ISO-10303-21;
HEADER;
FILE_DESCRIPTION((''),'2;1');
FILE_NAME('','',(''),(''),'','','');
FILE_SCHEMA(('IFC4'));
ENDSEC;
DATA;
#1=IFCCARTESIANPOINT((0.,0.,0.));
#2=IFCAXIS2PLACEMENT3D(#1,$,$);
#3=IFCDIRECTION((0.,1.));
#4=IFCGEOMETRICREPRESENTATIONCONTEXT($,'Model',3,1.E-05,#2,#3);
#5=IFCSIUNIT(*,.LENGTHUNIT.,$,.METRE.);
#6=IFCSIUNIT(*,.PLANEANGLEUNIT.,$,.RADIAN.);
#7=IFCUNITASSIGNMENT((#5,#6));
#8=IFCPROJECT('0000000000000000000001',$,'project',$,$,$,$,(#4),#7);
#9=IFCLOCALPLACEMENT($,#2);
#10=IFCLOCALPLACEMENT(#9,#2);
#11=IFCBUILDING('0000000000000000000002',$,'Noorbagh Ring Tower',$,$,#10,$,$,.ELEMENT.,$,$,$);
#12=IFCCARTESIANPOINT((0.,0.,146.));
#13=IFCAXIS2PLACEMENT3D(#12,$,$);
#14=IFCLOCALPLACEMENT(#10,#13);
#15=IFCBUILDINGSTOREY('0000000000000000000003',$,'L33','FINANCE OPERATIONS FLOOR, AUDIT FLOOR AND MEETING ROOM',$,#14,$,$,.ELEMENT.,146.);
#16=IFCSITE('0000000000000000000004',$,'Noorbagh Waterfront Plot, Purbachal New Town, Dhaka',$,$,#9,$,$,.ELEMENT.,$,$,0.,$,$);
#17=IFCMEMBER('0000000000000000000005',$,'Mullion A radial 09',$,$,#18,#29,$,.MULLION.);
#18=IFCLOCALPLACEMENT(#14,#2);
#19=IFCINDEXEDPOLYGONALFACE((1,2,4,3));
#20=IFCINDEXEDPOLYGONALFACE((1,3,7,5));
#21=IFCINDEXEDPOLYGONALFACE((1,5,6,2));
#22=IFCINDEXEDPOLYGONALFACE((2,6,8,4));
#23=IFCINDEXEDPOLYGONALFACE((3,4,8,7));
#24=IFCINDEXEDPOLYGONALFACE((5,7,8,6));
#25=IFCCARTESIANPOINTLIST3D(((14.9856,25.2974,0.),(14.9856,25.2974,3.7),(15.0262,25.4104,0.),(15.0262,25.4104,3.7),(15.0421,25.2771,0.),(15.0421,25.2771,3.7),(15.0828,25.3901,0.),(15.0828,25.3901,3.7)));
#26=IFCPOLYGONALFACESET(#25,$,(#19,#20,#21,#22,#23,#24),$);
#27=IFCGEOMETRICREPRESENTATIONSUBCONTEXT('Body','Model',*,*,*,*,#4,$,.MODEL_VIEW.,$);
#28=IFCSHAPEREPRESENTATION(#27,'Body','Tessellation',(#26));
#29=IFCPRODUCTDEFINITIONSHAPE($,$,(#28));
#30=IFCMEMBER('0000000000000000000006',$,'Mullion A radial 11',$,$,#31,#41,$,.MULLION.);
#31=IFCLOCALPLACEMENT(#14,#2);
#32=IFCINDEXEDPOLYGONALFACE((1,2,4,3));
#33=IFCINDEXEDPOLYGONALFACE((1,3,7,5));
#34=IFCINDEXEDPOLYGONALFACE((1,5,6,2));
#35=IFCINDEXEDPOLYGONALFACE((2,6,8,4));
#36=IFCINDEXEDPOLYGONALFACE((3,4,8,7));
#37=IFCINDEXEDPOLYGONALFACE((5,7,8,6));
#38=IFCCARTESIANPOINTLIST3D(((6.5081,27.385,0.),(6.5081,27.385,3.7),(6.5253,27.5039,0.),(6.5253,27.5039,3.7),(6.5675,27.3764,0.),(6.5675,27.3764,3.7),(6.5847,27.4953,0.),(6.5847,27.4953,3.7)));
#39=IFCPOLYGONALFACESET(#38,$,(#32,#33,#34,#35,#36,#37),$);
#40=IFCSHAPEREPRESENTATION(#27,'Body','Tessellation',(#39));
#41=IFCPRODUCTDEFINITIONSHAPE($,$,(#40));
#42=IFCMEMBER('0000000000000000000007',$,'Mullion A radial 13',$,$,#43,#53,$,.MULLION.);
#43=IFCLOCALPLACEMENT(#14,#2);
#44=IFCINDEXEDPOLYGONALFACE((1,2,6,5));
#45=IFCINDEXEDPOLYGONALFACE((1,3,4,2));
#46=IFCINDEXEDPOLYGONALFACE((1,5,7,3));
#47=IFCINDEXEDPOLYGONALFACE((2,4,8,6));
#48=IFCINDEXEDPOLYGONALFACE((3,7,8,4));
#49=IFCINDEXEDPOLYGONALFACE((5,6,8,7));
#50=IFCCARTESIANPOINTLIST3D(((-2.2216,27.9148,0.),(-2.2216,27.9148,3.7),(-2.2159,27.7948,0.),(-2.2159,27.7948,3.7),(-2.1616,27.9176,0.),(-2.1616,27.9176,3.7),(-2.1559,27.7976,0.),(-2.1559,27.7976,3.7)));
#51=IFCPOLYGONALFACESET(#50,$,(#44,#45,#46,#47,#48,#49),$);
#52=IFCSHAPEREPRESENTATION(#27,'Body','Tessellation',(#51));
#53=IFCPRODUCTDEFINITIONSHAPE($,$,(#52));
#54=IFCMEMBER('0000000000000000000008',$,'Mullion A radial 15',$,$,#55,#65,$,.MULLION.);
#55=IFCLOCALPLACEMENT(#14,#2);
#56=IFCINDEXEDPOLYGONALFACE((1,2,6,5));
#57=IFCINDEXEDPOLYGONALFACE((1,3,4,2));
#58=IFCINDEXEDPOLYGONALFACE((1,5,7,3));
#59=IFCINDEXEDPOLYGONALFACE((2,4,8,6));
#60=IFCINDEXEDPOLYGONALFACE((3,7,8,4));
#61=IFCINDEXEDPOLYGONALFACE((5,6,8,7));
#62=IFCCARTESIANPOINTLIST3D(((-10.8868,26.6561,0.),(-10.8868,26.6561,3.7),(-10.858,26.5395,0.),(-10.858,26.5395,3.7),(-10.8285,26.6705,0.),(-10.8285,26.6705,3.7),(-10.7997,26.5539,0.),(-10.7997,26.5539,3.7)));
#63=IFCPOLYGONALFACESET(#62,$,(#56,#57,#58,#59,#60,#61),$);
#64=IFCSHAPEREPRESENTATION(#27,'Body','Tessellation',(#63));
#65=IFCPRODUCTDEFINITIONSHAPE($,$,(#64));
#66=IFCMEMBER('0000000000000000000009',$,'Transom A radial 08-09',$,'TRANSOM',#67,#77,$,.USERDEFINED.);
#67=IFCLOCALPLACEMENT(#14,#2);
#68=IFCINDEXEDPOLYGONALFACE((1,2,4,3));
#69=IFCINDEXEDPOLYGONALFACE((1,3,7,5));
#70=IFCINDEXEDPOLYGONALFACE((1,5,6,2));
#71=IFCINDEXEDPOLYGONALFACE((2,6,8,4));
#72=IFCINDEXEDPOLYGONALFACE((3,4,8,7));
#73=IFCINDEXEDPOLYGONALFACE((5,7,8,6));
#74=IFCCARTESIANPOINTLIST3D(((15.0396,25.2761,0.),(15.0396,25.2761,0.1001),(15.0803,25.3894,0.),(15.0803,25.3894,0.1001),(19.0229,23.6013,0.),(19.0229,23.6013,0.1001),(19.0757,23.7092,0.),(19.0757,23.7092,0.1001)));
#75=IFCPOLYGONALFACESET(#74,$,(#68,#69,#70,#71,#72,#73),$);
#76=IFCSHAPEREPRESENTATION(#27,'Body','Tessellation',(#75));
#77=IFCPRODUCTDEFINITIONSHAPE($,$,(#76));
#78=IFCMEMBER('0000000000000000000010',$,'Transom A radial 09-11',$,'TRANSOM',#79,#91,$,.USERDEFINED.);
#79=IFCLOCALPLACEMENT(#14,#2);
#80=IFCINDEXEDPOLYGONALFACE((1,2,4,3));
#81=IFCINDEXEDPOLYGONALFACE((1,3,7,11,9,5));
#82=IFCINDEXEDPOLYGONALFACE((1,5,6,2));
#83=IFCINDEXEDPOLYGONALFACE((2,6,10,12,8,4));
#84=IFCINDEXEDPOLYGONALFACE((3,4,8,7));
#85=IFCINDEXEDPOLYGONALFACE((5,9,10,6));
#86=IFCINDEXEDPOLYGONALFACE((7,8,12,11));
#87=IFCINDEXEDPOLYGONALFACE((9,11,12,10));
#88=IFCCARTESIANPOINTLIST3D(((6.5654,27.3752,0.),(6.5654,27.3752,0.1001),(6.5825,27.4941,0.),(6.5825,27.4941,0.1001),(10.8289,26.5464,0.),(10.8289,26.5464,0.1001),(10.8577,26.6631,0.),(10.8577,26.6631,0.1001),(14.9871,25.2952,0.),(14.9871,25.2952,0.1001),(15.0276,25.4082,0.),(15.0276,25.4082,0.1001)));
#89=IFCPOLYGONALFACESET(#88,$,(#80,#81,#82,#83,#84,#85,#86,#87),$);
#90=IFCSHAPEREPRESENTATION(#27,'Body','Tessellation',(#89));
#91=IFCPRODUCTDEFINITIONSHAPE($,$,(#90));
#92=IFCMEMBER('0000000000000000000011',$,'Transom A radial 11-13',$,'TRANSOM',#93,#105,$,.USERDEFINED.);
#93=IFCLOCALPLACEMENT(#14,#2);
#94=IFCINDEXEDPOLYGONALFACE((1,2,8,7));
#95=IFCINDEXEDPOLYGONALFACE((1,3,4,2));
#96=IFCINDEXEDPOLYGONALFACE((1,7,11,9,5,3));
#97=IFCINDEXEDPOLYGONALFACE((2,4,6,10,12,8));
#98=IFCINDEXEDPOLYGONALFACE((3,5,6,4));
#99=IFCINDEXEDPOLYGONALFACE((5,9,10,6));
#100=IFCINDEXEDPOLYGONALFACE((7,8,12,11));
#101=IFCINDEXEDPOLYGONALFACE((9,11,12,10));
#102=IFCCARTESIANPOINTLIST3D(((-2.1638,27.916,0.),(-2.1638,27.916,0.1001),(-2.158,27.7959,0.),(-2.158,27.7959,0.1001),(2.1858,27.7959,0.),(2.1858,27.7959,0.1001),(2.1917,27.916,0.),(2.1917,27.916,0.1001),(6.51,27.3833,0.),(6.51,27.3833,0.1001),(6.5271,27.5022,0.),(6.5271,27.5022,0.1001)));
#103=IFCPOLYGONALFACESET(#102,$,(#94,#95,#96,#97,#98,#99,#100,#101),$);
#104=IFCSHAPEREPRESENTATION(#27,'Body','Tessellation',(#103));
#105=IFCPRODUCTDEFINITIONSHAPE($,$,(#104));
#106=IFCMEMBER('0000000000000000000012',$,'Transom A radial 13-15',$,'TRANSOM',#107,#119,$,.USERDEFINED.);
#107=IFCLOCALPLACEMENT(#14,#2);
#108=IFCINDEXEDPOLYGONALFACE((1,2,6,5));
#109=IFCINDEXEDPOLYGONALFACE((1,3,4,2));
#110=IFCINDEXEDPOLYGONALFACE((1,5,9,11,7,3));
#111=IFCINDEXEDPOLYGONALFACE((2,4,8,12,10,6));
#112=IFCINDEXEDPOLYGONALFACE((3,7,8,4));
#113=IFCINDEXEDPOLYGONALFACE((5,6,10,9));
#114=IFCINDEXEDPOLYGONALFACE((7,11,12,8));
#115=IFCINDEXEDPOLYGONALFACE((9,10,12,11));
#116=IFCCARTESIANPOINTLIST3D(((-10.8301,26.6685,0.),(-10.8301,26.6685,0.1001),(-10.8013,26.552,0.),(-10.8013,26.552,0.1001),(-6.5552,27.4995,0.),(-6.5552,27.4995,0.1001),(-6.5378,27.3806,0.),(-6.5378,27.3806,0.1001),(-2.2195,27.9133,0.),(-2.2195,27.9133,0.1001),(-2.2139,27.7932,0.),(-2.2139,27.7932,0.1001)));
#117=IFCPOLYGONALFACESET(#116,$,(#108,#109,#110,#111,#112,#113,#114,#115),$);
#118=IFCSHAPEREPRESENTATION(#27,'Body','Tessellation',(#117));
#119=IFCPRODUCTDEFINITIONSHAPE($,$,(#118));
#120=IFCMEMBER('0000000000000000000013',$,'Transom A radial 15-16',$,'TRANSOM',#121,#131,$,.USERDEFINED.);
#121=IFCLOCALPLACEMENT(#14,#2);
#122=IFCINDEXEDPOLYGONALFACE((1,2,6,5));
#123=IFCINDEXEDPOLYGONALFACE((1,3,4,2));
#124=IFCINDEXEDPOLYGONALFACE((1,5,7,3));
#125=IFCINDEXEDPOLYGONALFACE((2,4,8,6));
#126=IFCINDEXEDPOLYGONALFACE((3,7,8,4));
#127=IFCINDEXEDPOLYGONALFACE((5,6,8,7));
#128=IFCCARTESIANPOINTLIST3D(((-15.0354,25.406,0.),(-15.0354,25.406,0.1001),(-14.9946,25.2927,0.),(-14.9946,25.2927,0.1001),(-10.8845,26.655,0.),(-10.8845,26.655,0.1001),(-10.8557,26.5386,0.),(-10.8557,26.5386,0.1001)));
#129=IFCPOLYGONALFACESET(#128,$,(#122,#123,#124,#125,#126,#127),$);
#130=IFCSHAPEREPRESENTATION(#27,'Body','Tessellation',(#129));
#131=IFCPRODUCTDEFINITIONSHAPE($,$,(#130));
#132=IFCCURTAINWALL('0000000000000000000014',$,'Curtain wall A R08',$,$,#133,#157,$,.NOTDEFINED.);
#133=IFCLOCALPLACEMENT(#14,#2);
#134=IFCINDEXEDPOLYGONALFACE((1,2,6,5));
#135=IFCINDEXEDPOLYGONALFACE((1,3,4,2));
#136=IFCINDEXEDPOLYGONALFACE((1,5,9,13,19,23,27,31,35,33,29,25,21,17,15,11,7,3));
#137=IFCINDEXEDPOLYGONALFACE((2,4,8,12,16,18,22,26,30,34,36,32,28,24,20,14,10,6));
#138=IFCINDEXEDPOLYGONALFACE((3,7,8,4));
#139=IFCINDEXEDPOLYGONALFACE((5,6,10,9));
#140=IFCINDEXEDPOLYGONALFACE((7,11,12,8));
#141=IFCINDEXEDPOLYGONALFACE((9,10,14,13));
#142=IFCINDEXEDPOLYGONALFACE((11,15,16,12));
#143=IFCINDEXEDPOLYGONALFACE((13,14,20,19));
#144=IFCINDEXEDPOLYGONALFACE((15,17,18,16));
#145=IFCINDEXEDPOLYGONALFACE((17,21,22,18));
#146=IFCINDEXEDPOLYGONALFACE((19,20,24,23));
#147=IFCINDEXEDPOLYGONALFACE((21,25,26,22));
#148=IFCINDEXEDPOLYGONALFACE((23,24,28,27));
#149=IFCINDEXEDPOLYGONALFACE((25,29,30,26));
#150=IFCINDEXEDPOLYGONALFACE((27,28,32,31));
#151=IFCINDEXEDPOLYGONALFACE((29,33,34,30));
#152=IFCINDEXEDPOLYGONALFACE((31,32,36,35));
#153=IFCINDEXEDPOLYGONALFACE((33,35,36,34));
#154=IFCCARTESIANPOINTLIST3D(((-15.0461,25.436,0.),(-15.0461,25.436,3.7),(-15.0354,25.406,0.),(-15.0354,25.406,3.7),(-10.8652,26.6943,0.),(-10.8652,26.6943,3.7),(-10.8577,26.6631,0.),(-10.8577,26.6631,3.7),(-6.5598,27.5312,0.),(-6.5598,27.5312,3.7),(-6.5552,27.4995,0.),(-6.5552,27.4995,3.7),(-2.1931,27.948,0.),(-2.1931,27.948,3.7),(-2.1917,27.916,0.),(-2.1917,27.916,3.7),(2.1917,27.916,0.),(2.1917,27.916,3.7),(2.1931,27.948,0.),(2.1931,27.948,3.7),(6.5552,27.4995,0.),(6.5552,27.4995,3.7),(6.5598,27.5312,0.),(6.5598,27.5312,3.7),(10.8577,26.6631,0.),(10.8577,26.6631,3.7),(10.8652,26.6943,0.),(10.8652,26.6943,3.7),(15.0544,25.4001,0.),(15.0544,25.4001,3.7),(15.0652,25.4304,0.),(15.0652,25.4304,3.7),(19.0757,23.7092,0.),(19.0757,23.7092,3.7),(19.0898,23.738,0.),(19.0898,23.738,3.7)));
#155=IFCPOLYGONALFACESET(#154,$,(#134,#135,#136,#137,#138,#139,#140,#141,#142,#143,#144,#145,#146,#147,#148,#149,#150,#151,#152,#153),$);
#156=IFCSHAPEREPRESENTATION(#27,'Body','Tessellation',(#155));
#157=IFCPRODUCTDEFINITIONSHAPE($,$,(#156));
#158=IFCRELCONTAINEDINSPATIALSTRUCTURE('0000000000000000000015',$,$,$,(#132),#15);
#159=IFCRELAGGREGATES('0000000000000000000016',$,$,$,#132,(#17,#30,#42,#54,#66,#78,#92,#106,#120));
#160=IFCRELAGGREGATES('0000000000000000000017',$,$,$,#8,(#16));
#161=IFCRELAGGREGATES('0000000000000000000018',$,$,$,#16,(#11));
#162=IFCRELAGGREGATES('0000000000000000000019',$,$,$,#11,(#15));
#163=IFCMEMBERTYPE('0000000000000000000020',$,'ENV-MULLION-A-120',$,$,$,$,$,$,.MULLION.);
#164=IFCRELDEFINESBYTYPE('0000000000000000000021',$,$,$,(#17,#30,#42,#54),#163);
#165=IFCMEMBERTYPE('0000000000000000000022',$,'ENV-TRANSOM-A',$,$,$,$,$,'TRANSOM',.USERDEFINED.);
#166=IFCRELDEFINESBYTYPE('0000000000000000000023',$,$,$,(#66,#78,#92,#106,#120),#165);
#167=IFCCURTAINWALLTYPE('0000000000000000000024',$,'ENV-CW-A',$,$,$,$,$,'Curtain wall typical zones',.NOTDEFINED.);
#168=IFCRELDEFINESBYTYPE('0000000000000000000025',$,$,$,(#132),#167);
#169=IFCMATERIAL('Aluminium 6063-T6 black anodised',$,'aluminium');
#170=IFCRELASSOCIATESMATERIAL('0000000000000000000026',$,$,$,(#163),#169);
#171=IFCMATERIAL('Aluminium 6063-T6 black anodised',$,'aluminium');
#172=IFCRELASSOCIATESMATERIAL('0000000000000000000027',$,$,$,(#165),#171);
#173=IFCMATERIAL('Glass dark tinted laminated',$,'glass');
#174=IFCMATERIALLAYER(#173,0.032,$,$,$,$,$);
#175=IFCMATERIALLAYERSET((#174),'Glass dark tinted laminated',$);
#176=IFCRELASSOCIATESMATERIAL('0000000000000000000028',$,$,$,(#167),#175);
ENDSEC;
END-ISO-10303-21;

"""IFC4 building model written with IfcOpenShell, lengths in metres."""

from ifc_helpers import new_model, si_unit, direction, frame, origin, origin_2d, place, context, subcontext, project, spatial, polyline, rectangle, outline, extrude, material, layer, layer_set, material_profile, profile_set, type_object, element, aggregate, save


model = new_model("IFC4")

# Units and contexts
model_context = context("Model", 3, precision=1e-05, world=origin(), true_north=direction((0.0, 1.0)))
body_context = subcontext(model_context, "Body", "Model", "MODEL_VIEW")
ifc_project = project(units=[si_unit("LENGTHUNIT", "METRE"), si_unit("PLANEANGLEUNIT", "RADIAN")], contexts=[model_context])

# Members
ifc_material_1 = material(Name="Aluminium 6063-T6 black anodised", Category="aluminium")
ifc_material_profile_1 = material_profile(ifc_material_1, rectangle(XDim=0.1201, YDim=0.0601, at=origin_2d()), Name="120x60")
ifc_profile_set_1 = profile_set([ifc_material_profile_1], Name="Aluminium 6063-T6 black anodised")
member_type_1 = type_object("IfcMemberType", Name="ENV-MULLION-A-120", PredefinedType="MULLION", material=ifc_profile_set_1)
site_placement = place(None, origin())
building_placement = place(site_placement, origin())
storey_placement = place(building_placement, frame((0.0, 0.0, 146.0)))
member_1_placement = place(storey_placement, frame((15.0342, 25.3438, 0.0), z_axis=(0.0, 0.0, 1.0), x_axis=(-0.338379, -0.94101, 0.0)))
member_1 = element("IfcMember", 1, at=member_1_placement, type_object=member_type_1, Name="Mullion A radial 09", PredefinedType="MULLION", context=body_context, shape_type="SweptSolid", body=[
    extrude(rectangle(XDim=0.1201, YDim=0.0601, at=origin_2d()), origin(), (0.0, 0.0, 1.0), 3.7),
])
member_2_placement = place(storey_placement, frame((6.5464, 27.4402, 0.0), z_axis=(0.0, 0.0, 1.0), x_axis=(-0.143082, -0.989711, 0.0)))
member_2 = element("IfcMember", 2, at=member_2_placement, type_object=member_type_1, Name="Mullion A radial 11", PredefinedType="MULLION", context=body_context, shape_type="SweptSolid", body=[
    extrude(rectangle(XDim=0.1201, YDim=0.0601, at=origin_2d()), origin(), (0.0, 0.0, 1.0), 3.7),
])
member_3_placement = place(storey_placement, frame((-2.1887, 27.8562, 0.0), z_axis=(0.0, 0.0, 1.0), x_axis=(0.047558, -0.998868, 0.0)))
member_3 = element("IfcMember", 3, at=member_3_placement, type_object=member_type_1, Name="Mullion A radial 13", PredefinedType="MULLION", context=body_context, shape_type="SweptSolid", body=[
    extrude(rectangle(XDim=0.1201, YDim=0.0601, at=origin_2d()), origin(), (0.0, 0.0, 1.0), 3.7),
])
member_4_placement = place(storey_placement, frame((-10.8433, 26.605, 0.0), z_axis=(0.0, 0.0, 1.0), x_axis=(0.239799, -0.970823, 0.0)))
member_4 = element("IfcMember", 4, at=member_4_placement, type_object=member_type_1, Name="Mullion A radial 15", PredefinedType="MULLION", context=body_context, shape_type="SweptSolid", body=[
    extrude(rectangle(XDim=0.1201, YDim=0.0601, at=origin_2d()), origin(), (0.0, 0.0, 1.0), 3.7),
])
ifc_material_2 = material(Name="Aluminium 6063-T6 black anodised", Category="aluminium")
member_type_2 = type_object("IfcMemberType", Name="ENV-TRANSOM-A", ElementType="TRANSOM", PredefinedType="USERDEFINED", material=ifc_material_2)
member_5_placement = place(storey_placement, origin())
member_5 = element("IfcMember", 5, at=member_5_placement, type_object=member_type_2, Name="Transom A radial 08-09", ObjectType="TRANSOM", PredefinedType="USERDEFINED", context=body_context, shape_type="SweptSolid", body=[
    extrude(outline(polyline([(19.0757, 23.7092), (15.0803, 25.3894), (15.0396, 25.2761), (19.0229, 23.6013), (19.0757, 23.7092)])), origin(), (0.0, 0.0, 1.0), 0.1001),
])
member_6_placement = place(storey_placement, origin())
member_6 = element("IfcMember", 6, at=member_6_placement, type_object=member_type_2, Name="Transom A radial 09-11", ObjectType="TRANSOM", PredefinedType="USERDEFINED", context=body_context, shape_type="SweptSolid", body=[
    extrude(outline(polyline([(15.0276, 25.4082), (10.8577, 26.6631), (6.5825, 27.4941), (6.5654, 27.3752), (10.8289, 26.5464), (14.9871, 25.2952), (15.0276, 25.4082)])), origin(), (0.0, 0.0, 1.0), 0.1001),
])
member_7_placement = place(storey_placement, origin())
member_7 = element("IfcMember", 7, at=member_7_placement, type_object=member_type_2, Name="Transom A radial 11-13", ObjectType="TRANSOM", PredefinedType="USERDEFINED", context=body_context, shape_type="SweptSolid", body=[
    extrude(outline(polyline([(6.5271, 27.5022), (2.1917, 27.916), (-2.1638, 27.916), (-2.158, 27.7959), (2.1858, 27.7959), (6.51, 27.3833), (6.5271, 27.5022)])), origin(), (0.0, 0.0, 1.0), 0.1001),
])
member_8_placement = place(storey_placement, origin())
member_8 = element("IfcMember", 8, at=member_8_placement, type_object=member_type_2, Name="Transom A radial 13-15", ObjectType="TRANSOM", PredefinedType="USERDEFINED", context=body_context, shape_type="SweptSolid", body=[
    extrude(outline(polyline([(-2.2195, 27.9133), (-6.5552, 27.4995), (-10.8301, 26.6685), (-10.8013, 26.552), (-6.5378, 27.3806), (-2.2139, 27.7932), (-2.2195, 27.9133)])), origin(), (0.0, 0.0, 1.0), 0.1001),
])
member_9_placement = place(storey_placement, origin())
member_9 = element("IfcMember", 9, at=member_9_placement, type_object=member_type_2, Name="Transom A radial 15-16", ObjectType="TRANSOM", PredefinedType="USERDEFINED", context=body_context, shape_type="SweptSolid", body=[
    extrude(outline(polyline([(-10.8845, 26.655), (-15.0354, 25.406), (-14.9946, 25.2927), (-10.8557, 26.5386), (-10.8845, 26.655)])), origin(), (0.0, 0.0, 1.0), 0.1001),
])

# Site, building, storey
site = spatial("IfcSite", under=ifc_project, at=site_placement, Name="Noorbagh Waterfront Plot, Purbachal New Town, Dhaka", CompositionType="ELEMENT", RefElevation=0.0)
building = spatial("IfcBuilding", under=site, at=building_placement, Name="Noorbagh Ring Tower", CompositionType="ELEMENT")
storey = spatial("IfcBuildingStorey", under=building, at=storey_placement, Name="L33", Description="FINANCE OPERATIONS FLOOR, AUDIT FLOOR AND MEETING ROOM", CompositionType="ELEMENT", Elevation=146.0)

# Curtain wall
ifc_material_3 = material(Name="Glass dark tinted laminated", Category="glass")
ifc_layer_1 = layer(ifc_material_3, 0.032)
ifc_layer_set_1 = layer_set([ifc_layer_1], Name="Glass dark tinted laminated")
curtain_wall_type = type_object("IfcCurtainWallType", Name="ENV-CW-A", ElementType="Curtain wall typical zones", PredefinedType="NOTDEFINED", material=ifc_layer_set_1)
curtain_wall_1_placement = place(storey_placement, origin())
curtain_wall_1 = element("IfcCurtainWall", 10, at=curtain_wall_1_placement, inside=storey, type_object=curtain_wall_type, Name="Curtain wall A R08", PredefinedType="NOTDEFINED", context=body_context, shape_type="SweptSolid", body=[
    extrude(outline(polyline([(19.0898, 23.738), (15.0652, 25.4304), (10.8652, 26.6943), (6.5598, 27.5312), (2.1931, 27.948), (-2.1931, 27.948), (-6.5598, 27.5312), (-10.8652, 26.6943), (-15.0461, 25.436), (-15.0354, 25.406), (-10.8577, 26.6631), (-6.5552, 27.4995), (-2.1917, 27.916), (2.1917, 27.916), (6.5552, 27.4995), (10.8577, 26.6631), (15.0544, 25.4001), (19.0757, 23.7092), (19.0898, 23.738)])), origin(), (0.0, 0.0, 1.0), 3.7),
])
aggregate(curtain_wall_1, [member_1, member_2, member_3, member_4, member_5, member_6, member_7, member_8, member_9])

save(model, "model.ifc")
